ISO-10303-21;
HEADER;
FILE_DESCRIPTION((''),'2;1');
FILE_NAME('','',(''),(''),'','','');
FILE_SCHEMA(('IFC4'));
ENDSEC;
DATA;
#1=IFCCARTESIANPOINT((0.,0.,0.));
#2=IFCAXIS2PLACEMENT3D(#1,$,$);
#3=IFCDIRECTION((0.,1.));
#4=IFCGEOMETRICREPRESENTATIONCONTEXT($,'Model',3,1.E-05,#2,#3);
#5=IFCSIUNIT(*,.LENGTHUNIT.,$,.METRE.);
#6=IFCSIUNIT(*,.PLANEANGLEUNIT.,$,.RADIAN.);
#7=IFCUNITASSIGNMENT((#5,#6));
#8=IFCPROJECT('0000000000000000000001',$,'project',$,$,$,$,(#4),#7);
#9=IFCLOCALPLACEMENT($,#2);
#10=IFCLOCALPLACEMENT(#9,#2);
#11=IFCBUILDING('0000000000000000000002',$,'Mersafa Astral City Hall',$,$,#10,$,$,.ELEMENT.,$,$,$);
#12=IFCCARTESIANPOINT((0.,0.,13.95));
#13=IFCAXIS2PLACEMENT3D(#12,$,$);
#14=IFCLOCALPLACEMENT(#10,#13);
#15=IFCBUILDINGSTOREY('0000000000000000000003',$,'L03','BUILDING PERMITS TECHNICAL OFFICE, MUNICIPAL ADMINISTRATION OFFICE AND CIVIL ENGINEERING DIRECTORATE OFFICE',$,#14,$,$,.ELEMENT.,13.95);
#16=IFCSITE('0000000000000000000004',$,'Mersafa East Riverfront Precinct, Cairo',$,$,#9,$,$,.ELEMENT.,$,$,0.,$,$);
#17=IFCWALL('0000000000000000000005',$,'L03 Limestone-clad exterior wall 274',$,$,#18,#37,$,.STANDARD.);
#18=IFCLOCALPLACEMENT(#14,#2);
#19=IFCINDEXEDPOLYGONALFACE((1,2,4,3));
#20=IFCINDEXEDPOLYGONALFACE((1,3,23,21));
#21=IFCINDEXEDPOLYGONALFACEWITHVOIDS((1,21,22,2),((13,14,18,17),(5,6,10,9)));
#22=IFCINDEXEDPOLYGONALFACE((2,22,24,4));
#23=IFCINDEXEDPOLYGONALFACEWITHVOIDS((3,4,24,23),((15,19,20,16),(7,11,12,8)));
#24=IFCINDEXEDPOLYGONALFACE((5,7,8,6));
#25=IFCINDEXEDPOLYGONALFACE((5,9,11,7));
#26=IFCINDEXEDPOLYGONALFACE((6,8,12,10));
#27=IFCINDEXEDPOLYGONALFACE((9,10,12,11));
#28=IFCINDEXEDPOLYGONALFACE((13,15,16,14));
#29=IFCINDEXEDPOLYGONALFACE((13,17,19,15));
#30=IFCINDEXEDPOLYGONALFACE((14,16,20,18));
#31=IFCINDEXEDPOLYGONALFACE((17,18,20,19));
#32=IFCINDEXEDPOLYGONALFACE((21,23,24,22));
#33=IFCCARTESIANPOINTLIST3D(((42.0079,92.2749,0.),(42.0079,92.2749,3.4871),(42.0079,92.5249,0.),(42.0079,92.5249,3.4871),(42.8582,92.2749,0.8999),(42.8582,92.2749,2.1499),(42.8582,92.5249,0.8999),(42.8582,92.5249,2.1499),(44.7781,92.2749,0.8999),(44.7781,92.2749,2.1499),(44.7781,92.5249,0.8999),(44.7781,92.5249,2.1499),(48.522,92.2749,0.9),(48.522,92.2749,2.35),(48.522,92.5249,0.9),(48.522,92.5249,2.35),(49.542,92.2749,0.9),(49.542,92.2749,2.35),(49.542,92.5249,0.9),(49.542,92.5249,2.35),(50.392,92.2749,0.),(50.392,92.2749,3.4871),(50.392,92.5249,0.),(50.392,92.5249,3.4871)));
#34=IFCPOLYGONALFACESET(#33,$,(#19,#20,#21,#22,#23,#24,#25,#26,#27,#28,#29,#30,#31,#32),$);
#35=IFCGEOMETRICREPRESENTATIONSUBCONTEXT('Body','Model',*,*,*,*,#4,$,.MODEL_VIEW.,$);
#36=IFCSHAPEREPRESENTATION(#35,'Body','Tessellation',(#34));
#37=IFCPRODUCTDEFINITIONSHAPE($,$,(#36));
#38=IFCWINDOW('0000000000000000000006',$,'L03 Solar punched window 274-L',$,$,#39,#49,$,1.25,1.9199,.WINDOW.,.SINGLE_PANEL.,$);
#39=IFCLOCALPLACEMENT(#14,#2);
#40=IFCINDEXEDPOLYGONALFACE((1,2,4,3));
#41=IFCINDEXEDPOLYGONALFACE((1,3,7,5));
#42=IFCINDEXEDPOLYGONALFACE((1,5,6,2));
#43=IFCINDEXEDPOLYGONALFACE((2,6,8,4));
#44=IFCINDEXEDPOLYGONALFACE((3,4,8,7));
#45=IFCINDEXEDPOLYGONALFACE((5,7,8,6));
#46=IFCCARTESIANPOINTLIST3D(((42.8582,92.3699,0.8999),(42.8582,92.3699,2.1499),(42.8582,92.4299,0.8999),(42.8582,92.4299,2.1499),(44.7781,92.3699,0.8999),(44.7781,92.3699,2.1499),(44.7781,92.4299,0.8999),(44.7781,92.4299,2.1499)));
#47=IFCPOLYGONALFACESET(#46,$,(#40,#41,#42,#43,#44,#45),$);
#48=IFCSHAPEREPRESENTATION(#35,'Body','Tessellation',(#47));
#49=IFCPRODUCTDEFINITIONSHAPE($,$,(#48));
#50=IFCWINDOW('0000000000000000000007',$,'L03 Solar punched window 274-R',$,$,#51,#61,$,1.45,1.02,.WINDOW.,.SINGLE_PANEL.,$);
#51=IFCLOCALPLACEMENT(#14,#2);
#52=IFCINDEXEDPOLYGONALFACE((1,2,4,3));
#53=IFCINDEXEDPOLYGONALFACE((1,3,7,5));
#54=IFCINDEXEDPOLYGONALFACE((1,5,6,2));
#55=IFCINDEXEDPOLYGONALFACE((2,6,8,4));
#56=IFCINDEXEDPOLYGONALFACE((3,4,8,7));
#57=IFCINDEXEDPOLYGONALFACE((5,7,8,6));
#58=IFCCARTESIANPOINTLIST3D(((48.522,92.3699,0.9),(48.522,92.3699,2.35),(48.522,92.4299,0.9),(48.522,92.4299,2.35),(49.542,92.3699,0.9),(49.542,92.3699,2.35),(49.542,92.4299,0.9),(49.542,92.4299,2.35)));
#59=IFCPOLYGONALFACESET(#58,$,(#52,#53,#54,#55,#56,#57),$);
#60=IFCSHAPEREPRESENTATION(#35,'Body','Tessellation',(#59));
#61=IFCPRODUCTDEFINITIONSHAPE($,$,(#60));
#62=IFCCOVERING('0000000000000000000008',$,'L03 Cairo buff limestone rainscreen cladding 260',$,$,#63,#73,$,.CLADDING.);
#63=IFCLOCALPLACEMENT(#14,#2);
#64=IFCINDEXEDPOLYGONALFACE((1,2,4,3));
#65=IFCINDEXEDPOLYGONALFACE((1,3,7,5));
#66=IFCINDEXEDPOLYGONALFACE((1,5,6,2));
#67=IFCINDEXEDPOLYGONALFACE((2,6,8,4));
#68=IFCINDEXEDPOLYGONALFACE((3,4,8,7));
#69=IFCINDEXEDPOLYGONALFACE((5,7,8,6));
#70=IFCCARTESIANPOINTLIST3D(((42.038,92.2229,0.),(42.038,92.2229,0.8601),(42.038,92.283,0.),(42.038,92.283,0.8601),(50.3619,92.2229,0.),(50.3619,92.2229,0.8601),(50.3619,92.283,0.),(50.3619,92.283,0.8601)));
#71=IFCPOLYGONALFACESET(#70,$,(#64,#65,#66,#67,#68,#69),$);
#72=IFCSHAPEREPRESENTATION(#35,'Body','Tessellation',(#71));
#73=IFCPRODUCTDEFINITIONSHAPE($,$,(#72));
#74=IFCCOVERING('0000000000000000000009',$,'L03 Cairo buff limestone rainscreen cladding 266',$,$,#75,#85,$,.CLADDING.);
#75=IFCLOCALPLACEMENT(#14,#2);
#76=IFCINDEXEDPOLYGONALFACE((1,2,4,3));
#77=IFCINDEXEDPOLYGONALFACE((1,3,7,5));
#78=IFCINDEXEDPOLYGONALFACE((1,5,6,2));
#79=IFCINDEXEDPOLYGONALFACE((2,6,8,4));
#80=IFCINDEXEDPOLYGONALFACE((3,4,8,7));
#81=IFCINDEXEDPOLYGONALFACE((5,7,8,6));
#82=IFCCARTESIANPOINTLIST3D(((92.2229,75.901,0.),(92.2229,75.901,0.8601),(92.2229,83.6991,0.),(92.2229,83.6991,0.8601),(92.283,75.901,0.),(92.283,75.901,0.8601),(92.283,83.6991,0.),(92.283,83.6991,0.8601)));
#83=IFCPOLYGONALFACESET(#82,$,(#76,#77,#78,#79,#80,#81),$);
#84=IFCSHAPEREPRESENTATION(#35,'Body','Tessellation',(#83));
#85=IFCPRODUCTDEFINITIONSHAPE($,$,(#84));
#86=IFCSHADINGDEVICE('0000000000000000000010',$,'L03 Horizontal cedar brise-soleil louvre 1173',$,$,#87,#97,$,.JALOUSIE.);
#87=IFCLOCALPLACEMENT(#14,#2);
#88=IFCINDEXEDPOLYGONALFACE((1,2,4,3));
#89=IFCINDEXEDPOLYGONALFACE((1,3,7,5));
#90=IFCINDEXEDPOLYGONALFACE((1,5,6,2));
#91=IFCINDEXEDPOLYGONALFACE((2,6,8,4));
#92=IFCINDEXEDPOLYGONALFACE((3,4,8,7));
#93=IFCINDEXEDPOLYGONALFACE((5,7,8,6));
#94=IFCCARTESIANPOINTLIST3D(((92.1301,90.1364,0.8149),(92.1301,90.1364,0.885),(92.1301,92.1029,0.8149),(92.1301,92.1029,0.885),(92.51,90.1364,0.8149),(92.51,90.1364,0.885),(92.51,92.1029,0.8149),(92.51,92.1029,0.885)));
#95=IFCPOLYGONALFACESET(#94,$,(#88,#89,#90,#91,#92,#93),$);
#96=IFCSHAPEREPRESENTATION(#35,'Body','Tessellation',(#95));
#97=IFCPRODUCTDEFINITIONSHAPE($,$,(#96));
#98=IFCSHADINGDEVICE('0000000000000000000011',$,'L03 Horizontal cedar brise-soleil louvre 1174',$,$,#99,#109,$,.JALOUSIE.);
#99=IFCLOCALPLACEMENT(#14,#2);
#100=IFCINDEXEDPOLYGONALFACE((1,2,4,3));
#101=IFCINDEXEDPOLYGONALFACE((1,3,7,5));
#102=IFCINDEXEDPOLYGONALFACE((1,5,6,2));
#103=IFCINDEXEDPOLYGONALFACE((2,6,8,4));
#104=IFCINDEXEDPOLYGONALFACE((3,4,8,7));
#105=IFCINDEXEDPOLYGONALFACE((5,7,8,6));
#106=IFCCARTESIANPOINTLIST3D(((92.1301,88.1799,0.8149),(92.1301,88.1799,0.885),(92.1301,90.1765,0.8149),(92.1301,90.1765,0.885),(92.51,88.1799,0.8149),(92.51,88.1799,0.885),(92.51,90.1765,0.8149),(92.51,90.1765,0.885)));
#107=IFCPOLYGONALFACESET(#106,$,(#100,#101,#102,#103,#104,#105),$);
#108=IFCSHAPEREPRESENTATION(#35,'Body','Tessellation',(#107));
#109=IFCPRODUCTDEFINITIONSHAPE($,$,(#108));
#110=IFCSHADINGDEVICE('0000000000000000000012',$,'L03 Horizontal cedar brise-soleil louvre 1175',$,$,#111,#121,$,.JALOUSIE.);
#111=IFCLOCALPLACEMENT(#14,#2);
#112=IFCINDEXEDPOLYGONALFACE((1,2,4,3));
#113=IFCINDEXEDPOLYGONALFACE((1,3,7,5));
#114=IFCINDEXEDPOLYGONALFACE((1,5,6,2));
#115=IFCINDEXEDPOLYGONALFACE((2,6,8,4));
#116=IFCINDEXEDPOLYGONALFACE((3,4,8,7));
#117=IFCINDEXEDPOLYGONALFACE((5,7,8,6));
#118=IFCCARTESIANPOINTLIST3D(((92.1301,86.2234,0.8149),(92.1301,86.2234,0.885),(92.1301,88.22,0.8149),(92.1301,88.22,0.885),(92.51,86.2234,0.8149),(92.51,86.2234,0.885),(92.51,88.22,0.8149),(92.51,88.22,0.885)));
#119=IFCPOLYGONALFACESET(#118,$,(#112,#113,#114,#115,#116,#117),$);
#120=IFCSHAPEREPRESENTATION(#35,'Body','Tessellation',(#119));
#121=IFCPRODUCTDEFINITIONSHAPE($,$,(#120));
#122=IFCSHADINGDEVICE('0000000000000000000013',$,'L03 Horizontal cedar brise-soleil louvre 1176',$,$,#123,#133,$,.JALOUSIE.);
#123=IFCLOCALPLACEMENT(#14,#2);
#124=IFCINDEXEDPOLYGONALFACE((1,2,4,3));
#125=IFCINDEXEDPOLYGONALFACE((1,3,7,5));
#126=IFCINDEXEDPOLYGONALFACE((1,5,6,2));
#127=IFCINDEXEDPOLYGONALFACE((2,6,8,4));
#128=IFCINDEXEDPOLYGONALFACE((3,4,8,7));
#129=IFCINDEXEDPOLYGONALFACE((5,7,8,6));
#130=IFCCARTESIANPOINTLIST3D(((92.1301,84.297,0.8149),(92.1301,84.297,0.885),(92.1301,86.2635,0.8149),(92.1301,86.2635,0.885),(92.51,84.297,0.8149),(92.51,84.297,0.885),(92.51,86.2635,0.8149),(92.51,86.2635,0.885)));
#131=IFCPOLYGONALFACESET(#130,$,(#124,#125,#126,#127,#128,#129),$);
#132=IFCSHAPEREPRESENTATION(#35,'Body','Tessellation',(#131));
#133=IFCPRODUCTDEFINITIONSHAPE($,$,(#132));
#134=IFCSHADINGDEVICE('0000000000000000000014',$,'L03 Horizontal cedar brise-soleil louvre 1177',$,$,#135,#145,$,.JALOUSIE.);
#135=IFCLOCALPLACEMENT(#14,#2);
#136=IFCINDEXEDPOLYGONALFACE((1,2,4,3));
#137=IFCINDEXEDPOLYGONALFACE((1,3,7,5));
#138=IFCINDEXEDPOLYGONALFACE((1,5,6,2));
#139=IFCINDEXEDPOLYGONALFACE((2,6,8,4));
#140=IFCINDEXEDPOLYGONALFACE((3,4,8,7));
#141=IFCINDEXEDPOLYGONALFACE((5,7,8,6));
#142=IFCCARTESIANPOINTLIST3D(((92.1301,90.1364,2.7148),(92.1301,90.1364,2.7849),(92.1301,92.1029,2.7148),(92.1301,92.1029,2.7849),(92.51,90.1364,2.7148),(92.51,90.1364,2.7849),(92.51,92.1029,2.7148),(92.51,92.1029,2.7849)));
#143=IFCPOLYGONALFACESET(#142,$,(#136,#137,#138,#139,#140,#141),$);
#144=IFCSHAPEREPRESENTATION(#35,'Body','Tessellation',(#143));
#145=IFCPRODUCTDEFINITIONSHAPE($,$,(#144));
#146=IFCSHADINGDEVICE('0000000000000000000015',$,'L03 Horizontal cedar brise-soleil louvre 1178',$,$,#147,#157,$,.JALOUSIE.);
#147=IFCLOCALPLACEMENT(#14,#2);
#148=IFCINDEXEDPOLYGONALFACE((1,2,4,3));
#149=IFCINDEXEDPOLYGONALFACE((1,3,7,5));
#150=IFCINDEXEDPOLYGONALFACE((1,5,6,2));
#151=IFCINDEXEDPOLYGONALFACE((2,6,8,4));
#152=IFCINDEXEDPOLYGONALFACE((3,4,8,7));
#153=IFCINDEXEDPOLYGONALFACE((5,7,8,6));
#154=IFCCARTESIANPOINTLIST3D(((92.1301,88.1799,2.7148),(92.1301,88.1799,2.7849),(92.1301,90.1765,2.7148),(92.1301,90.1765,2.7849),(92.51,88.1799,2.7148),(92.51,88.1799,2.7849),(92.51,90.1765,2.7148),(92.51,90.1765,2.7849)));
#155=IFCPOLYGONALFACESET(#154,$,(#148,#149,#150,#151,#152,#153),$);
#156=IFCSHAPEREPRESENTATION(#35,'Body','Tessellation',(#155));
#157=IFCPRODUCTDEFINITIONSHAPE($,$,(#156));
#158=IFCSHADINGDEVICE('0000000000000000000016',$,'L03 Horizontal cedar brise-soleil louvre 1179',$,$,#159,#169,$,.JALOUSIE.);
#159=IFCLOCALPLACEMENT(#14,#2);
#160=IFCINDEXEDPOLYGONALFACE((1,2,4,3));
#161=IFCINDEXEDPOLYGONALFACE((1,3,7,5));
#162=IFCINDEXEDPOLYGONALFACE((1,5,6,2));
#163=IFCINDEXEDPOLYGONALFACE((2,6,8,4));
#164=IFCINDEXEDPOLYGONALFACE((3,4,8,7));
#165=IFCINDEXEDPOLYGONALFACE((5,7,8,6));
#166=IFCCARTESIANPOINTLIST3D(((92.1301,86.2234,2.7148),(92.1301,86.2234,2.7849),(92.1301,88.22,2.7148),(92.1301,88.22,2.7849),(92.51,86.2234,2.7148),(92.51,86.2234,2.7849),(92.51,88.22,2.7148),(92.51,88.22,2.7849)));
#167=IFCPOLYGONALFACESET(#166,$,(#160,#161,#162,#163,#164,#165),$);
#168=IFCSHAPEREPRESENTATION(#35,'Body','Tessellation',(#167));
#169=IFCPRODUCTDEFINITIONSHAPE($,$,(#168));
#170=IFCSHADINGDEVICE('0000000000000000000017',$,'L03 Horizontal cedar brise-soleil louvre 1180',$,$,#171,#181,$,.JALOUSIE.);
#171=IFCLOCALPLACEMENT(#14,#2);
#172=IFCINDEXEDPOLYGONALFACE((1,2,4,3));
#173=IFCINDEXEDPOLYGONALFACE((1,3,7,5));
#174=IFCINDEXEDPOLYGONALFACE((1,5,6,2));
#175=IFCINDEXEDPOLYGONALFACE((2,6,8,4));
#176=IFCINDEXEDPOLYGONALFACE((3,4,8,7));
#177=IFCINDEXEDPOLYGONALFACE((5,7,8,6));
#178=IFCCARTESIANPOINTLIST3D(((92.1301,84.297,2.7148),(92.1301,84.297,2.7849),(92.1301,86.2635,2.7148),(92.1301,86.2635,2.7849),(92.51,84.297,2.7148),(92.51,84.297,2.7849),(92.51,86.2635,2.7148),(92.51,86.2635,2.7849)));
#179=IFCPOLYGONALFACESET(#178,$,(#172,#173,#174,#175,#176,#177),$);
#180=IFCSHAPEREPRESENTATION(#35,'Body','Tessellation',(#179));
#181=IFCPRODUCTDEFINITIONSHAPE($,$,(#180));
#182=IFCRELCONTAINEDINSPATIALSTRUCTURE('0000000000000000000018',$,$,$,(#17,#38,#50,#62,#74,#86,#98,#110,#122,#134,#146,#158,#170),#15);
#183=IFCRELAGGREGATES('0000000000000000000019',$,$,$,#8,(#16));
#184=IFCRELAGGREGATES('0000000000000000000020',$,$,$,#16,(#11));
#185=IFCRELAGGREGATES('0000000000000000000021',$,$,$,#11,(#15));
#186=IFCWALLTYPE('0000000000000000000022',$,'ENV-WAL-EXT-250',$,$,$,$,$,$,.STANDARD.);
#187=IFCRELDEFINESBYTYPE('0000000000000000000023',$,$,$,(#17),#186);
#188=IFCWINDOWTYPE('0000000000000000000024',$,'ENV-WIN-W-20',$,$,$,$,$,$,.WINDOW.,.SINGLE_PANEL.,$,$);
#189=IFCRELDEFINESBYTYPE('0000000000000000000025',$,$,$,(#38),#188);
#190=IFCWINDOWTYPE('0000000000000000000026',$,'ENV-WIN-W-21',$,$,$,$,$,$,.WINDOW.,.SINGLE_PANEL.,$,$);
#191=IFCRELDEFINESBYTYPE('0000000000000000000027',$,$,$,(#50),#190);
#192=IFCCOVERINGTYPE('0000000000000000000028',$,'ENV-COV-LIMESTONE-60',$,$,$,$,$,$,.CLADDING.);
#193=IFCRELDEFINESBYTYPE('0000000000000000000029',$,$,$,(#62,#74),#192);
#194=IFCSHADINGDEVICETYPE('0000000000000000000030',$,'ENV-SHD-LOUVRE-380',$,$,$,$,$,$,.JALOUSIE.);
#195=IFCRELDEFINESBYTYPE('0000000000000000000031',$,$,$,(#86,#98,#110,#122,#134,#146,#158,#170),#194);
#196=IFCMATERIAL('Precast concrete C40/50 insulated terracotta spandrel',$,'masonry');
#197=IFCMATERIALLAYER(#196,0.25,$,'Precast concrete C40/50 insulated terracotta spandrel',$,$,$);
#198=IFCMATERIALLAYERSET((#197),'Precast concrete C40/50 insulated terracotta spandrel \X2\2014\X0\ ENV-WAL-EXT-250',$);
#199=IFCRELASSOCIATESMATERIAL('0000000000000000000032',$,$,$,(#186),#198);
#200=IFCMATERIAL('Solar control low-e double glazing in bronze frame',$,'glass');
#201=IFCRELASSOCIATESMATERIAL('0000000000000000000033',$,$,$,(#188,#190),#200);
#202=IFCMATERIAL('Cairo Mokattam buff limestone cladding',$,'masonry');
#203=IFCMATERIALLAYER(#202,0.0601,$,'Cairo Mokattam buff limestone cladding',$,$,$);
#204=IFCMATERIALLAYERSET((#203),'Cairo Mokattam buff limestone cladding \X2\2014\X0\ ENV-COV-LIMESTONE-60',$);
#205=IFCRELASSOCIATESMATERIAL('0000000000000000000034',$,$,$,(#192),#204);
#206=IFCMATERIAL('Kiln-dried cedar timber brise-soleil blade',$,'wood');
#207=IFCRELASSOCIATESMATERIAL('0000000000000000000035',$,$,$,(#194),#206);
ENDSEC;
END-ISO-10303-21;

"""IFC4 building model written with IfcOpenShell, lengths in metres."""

from ifc_helpers import new_model, si_unit, direction, frame, frame_2d, origin, origin_2d, place, context, subcontext, project, spatial, rectangle, extrude, material, layer, layer_set, type_object, element, fill, save


model = new_model("IFC4")

# Units and contexts
model_context = context("Model", 3, precision=1e-05, world=origin(), true_north=direction((0.0, 1.0)))
body_context = subcontext(model_context, "Body", "Model", "MODEL_VIEW")
ifc_project = project(units=[si_unit("LENGTHUNIT", "METRE"), si_unit("PLANEANGLEUNIT", "RADIAN")], contexts=[model_context])

# Site, building, storey
site_placement = place(None, origin())
site = spatial("IfcSite", under=ifc_project, at=site_placement, Name="Mersafa East Riverfront Precinct, Cairo", CompositionType="ELEMENT", RefElevation=0.0)
building_placement = place(site_placement, origin())
building = spatial("IfcBuilding", under=site, at=building_placement, Name="Mersafa Astral City Hall", CompositionType="ELEMENT")
storey_placement = place(building_placement, frame((0.0, 0.0, 13.95)))
storey = spatial("IfcBuildingStorey", under=building, at=storey_placement, Name="L03", Description="BUILDING PERMITS TECHNICAL OFFICE, MUNICIPAL ADMINISTRATION OFFICE AND CIVIL ENGINEERING DIRECTORATE OFFICE", CompositionType="ELEMENT", Elevation=13.95)

# Wall, openings, windows
ifc_material_1 = material(Name="Precast concrete C40/50 insulated terracotta spandrel", Category="masonry")
ifc_layer_1 = layer(ifc_material_1, 0.25, Name="Precast concrete C40/50 insulated terracotta spandrel")
ifc_layer_set_1 = layer_set([ifc_layer_1], Name="Precast concrete C40/50 insulated terracotta spandrel — ENV-WAL-EXT-250")
wall_type = type_object("IfcWallType", Name="ENV-WAL-EXT-250", PredefinedType="STANDARD", material=ifc_layer_set_1)
wall_placement = place(storey_placement, frame((42.0081, 92.3999, 0.0), z_axis=(0.0, 0.0, 1.0), x_axis=(1.0, 0.0, 0.0)))
wall = element("IfcWall", 1, at=wall_placement, inside=storey, type_object=wall_type, Name="L03 Limestone-clad exterior wall 274", PredefinedType="STANDARD", context=body_context, shape_type="SweptSolid", body=[
    extrude(rectangle(XDim=8.384, YDim=0.25, at=frame_2d((4.1919, 0.0))), origin(), (0.0, 0.0, 1.0), 3.4871),
])
opening_1_placement = place(wall_placement, frame((0.8501, 0.0, 0.8999)))
opening_1 = element("IfcOpeningElement", 2, at=opening_1_placement, cuts=wall, PredefinedType="OPENING", context=body_context, shape_type="SweptSolid", body=[
    extrude(rectangle(XDim=1.9199, YDim=1.25, at=frame_2d((0.96, 0.625))), frame((0.0, 0.135, 0.0), z_axis=(0.0, -1.0, 0.0), x_axis=(1.0, 0.0, 0.0)), (0.0, 0.0, 1.0), 0.27),
])
opening_2_placement = place(wall_placement, frame((6.5139, 0.0, 0.8999)))
opening_2 = element("IfcOpeningElement", 3, at=opening_2_placement, cuts=wall, PredefinedType="OPENING", context=body_context, shape_type="SweptSolid", body=[
    extrude(rectangle(XDim=1.02, YDim=1.45, at=frame_2d((0.51, 0.7251))), frame((0.0, 0.135, 0.0), z_axis=(0.0, -1.0, 0.0), x_axis=(1.0, 0.0, 0.0)), (0.0, 0.0, 1.0), 0.27),
])
ifc_material_2 = material(Name="Solar control low-e double glazing in bronze frame", Category="glass")
window_type_1 = type_object("IfcWindowType", Name="ENV-WIN-W-20", PartitioningType="SINGLE_PANEL", PredefinedType="WINDOW", material=ifc_material_2)
window_1_placement = place(opening_1_placement, origin())
window_1 = element("IfcWindow", 4, at=window_1_placement, inside=storey, type_object=window_type_1, Name="L03 Solar punched window 274-L", OverallHeight=1.25, OverallWidth=1.9199, PartitioningType="SINGLE_PANEL", PredefinedType="WINDOW", context=body_context, shape_type="SweptSolid", body=[
    extrude(rectangle(XDim=1.9199, YDim=1.25, at=frame_2d((0.96, 0.625))), frame((0.0, 0.03, 0.0), z_axis=(0.0, -1.0, 0.0), x_axis=(1.0, 0.0, 0.0)), (0.0, 0.0, 1.0), 0.0601),
])
fill(opening_1, window_1)
window_type_2 = type_object("IfcWindowType", Name="ENV-WIN-W-21", PartitioningType="SINGLE_PANEL", PredefinedType="WINDOW", material=ifc_material_2)
window_2_placement = place(opening_2_placement, origin())
window_2 = element("IfcWindow", 5, at=window_2_placement, inside=storey, type_object=window_type_2, Name="L03 Solar punched window 274-R", OverallHeight=1.45, OverallWidth=1.02, PartitioningType="SINGLE_PANEL", PredefinedType="WINDOW", context=body_context, shape_type="SweptSolid", body=[
    extrude(rectangle(XDim=1.02, YDim=1.45, at=frame_2d((0.51, 0.7251))), frame((0.0, 0.03, 0.0), z_axis=(0.0, -1.0, 0.0), x_axis=(1.0, 0.0, 0.0)), (0.0, 0.0, 1.0), 0.0601),
])
fill(opening_2, window_2)

# Coverings
ifc_material_3 = material(Name="Cairo Mokattam buff limestone cladding", Category="masonry")
ifc_layer_2 = layer(ifc_material_3, 0.0601, Name="Cairo Mokattam buff limestone cladding")
ifc_layer_set_2 = layer_set([ifc_layer_2], Name="Cairo Mokattam buff limestone cladding — ENV-COV-LIMESTONE-60")
covering_type = type_object("IfcCoveringType", Name="ENV-COV-LIMESTONE-60", PredefinedType="CLADDING", material=ifc_layer_set_2)
covering_1_placement = place(storey_placement, frame((46.2, 92.2529, 0.0), z_axis=(0.0, 0.0, 1.0), x_axis=(1.0, 0.0, 0.0)))
element("IfcCovering", 6, at=covering_1_placement, inside=storey, type_object=covering_type, Name="L03 Cairo buff limestone rainscreen cladding 260", PredefinedType="CLADDING", context=body_context, shape_type="SweptSolid", body=[
    extrude(rectangle(XDim=8.324, YDim=0.0601, at=origin_2d()), origin(), (0.0, 0.0, 1.0), 0.8601),
])
covering_2_placement = place(storey_placement, frame((92.2529, 79.8, 0.0), z_axis=(0.0, 0.0, 1.0), x_axis=(0.0, -1.0, 0.0)))
element("IfcCovering", 7, at=covering_2_placement, inside=storey, type_object=covering_type, Name="L03 Cairo buff limestone rainscreen cladding 266", PredefinedType="CLADDING", context=body_context, shape_type="SweptSolid", body=[
    extrude(rectangle(XDim=7.7981, YDim=0.0601, at=origin_2d()), origin(), (0.0, 0.0, 1.0), 0.8601),
])

# Shading devices
ifc_material_4 = material(Name="Kiln-dried cedar timber brise-soleil blade", Category="wood")
shading_device_type_1 = type_object("IfcShadingDeviceType", Name="ENV-SHD-LOUVRE-380", PredefinedType="JALOUSIE", material=ifc_material_4)
shading_device_1_placement = place(storey_placement, frame((92.3201, 91.1196, 0.8149), z_axis=(0.0, 0.0, 1.0), x_axis=(0.0, -1.0, 0.0)))
element("IfcShadingDevice", 8, at=shading_device_1_placement, inside=storey, type_object=shading_device_type_1, Name="L03 Horizontal cedar brise-soleil louvre 1173", PredefinedType="JALOUSIE", context=body_context, shape_type="SweptSolid", body=[
    extrude(rectangle(XDim=1.9666, YDim=0.3799, at=origin_2d()), origin(), (0.0, 0.0, 1.0), 0.0701),
])
for number, where, z_axis, x_axis, name in (
    (9, (92.3201, 89.1782, 0.8149), (0.0, 0.0, 1.0), (0.0, -1.0, 0.0), "L03 Horizontal cedar brise-soleil louvre 1174"),
    (10, (92.3201, 87.2217, 0.8149), (0.0, 0.0, 1.0), (0.0, -1.0, 0.0), "L03 Horizontal cedar brise-soleil louvre 1175"),
):
    element("IfcShadingDevice", number, at=place(storey_placement, frame(where, z_axis=z_axis, x_axis=x_axis)), inside=storey, type_object=shading_device_type_1, Name=name, PredefinedType="JALOUSIE", context=body_context, shape_type="SweptSolid", body=[
        extrude(rectangle(XDim=1.9966, YDim=0.3799, at=origin_2d()), origin(), (0.0, 0.0, 1.0), 0.0701),
    ])
for number, where, z_axis, x_axis, name in (
    (11, (92.3201, 85.2803, 0.8149), (0.0, 0.0, 1.0), (0.0, -1.0, 0.0), "L03 Horizontal cedar brise-soleil louvre 1176"),
    (12, (92.3201, 91.1196, 2.7148), (0.0, 0.0, 1.0), (0.0, -1.0, 0.0), "L03 Horizontal cedar brise-soleil louvre 1177"),
):
    element("IfcShadingDevice", number, at=place(storey_placement, frame(where, z_axis=z_axis, x_axis=x_axis)), inside=storey, type_object=shading_device_type_1, Name=name, PredefinedType="JALOUSIE", context=body_context, shape_type="SweptSolid", body=[
        extrude(rectangle(XDim=1.9666, YDim=0.3799, at=origin_2d()), origin(), (0.0, 0.0, 1.0), 0.0701),
    ])
for number, where, z_axis, x_axis, name in (
    (13, (92.3201, 89.1782, 2.7148), (0.0, 0.0, 1.0), (0.0, -1.0, 0.0), "L03 Horizontal cedar brise-soleil louvre 1178"),
    (14, (92.3201, 87.2217, 2.7148), (0.0, 0.0, 1.0), (0.0, -1.0, 0.0), "L03 Horizontal cedar brise-soleil louvre 1179"),
):
    element("IfcShadingDevice", number, at=place(storey_placement, frame(where, z_axis=z_axis, x_axis=x_axis)), inside=storey, type_object=shading_device_type_1, Name=name, PredefinedType="JALOUSIE", context=body_context, shape_type="SweptSolid", body=[
        extrude(rectangle(XDim=1.9966, YDim=0.3799, at=origin_2d()), origin(), (0.0, 0.0, 1.0), 0.0701),
    ])
shading_device_2_placement = place(storey_placement, frame((92.3201, 85.2803, 2.7148), z_axis=(0.0, 0.0, 1.0), x_axis=(0.0, -1.0, 0.0)))
element("IfcShadingDevice", 15, at=shading_device_2_placement, inside=storey, type_object=shading_device_type_1, Name="L03 Horizontal cedar brise-soleil louvre 1180", PredefinedType="JALOUSIE", context=body_context, shape_type="SweptSolid", body=[
    extrude(rectangle(XDim=1.9666, YDim=0.3799, at=origin_2d()), origin(), (0.0, 0.0, 1.0), 0.0701),
])

save(model, "model.ifc")
